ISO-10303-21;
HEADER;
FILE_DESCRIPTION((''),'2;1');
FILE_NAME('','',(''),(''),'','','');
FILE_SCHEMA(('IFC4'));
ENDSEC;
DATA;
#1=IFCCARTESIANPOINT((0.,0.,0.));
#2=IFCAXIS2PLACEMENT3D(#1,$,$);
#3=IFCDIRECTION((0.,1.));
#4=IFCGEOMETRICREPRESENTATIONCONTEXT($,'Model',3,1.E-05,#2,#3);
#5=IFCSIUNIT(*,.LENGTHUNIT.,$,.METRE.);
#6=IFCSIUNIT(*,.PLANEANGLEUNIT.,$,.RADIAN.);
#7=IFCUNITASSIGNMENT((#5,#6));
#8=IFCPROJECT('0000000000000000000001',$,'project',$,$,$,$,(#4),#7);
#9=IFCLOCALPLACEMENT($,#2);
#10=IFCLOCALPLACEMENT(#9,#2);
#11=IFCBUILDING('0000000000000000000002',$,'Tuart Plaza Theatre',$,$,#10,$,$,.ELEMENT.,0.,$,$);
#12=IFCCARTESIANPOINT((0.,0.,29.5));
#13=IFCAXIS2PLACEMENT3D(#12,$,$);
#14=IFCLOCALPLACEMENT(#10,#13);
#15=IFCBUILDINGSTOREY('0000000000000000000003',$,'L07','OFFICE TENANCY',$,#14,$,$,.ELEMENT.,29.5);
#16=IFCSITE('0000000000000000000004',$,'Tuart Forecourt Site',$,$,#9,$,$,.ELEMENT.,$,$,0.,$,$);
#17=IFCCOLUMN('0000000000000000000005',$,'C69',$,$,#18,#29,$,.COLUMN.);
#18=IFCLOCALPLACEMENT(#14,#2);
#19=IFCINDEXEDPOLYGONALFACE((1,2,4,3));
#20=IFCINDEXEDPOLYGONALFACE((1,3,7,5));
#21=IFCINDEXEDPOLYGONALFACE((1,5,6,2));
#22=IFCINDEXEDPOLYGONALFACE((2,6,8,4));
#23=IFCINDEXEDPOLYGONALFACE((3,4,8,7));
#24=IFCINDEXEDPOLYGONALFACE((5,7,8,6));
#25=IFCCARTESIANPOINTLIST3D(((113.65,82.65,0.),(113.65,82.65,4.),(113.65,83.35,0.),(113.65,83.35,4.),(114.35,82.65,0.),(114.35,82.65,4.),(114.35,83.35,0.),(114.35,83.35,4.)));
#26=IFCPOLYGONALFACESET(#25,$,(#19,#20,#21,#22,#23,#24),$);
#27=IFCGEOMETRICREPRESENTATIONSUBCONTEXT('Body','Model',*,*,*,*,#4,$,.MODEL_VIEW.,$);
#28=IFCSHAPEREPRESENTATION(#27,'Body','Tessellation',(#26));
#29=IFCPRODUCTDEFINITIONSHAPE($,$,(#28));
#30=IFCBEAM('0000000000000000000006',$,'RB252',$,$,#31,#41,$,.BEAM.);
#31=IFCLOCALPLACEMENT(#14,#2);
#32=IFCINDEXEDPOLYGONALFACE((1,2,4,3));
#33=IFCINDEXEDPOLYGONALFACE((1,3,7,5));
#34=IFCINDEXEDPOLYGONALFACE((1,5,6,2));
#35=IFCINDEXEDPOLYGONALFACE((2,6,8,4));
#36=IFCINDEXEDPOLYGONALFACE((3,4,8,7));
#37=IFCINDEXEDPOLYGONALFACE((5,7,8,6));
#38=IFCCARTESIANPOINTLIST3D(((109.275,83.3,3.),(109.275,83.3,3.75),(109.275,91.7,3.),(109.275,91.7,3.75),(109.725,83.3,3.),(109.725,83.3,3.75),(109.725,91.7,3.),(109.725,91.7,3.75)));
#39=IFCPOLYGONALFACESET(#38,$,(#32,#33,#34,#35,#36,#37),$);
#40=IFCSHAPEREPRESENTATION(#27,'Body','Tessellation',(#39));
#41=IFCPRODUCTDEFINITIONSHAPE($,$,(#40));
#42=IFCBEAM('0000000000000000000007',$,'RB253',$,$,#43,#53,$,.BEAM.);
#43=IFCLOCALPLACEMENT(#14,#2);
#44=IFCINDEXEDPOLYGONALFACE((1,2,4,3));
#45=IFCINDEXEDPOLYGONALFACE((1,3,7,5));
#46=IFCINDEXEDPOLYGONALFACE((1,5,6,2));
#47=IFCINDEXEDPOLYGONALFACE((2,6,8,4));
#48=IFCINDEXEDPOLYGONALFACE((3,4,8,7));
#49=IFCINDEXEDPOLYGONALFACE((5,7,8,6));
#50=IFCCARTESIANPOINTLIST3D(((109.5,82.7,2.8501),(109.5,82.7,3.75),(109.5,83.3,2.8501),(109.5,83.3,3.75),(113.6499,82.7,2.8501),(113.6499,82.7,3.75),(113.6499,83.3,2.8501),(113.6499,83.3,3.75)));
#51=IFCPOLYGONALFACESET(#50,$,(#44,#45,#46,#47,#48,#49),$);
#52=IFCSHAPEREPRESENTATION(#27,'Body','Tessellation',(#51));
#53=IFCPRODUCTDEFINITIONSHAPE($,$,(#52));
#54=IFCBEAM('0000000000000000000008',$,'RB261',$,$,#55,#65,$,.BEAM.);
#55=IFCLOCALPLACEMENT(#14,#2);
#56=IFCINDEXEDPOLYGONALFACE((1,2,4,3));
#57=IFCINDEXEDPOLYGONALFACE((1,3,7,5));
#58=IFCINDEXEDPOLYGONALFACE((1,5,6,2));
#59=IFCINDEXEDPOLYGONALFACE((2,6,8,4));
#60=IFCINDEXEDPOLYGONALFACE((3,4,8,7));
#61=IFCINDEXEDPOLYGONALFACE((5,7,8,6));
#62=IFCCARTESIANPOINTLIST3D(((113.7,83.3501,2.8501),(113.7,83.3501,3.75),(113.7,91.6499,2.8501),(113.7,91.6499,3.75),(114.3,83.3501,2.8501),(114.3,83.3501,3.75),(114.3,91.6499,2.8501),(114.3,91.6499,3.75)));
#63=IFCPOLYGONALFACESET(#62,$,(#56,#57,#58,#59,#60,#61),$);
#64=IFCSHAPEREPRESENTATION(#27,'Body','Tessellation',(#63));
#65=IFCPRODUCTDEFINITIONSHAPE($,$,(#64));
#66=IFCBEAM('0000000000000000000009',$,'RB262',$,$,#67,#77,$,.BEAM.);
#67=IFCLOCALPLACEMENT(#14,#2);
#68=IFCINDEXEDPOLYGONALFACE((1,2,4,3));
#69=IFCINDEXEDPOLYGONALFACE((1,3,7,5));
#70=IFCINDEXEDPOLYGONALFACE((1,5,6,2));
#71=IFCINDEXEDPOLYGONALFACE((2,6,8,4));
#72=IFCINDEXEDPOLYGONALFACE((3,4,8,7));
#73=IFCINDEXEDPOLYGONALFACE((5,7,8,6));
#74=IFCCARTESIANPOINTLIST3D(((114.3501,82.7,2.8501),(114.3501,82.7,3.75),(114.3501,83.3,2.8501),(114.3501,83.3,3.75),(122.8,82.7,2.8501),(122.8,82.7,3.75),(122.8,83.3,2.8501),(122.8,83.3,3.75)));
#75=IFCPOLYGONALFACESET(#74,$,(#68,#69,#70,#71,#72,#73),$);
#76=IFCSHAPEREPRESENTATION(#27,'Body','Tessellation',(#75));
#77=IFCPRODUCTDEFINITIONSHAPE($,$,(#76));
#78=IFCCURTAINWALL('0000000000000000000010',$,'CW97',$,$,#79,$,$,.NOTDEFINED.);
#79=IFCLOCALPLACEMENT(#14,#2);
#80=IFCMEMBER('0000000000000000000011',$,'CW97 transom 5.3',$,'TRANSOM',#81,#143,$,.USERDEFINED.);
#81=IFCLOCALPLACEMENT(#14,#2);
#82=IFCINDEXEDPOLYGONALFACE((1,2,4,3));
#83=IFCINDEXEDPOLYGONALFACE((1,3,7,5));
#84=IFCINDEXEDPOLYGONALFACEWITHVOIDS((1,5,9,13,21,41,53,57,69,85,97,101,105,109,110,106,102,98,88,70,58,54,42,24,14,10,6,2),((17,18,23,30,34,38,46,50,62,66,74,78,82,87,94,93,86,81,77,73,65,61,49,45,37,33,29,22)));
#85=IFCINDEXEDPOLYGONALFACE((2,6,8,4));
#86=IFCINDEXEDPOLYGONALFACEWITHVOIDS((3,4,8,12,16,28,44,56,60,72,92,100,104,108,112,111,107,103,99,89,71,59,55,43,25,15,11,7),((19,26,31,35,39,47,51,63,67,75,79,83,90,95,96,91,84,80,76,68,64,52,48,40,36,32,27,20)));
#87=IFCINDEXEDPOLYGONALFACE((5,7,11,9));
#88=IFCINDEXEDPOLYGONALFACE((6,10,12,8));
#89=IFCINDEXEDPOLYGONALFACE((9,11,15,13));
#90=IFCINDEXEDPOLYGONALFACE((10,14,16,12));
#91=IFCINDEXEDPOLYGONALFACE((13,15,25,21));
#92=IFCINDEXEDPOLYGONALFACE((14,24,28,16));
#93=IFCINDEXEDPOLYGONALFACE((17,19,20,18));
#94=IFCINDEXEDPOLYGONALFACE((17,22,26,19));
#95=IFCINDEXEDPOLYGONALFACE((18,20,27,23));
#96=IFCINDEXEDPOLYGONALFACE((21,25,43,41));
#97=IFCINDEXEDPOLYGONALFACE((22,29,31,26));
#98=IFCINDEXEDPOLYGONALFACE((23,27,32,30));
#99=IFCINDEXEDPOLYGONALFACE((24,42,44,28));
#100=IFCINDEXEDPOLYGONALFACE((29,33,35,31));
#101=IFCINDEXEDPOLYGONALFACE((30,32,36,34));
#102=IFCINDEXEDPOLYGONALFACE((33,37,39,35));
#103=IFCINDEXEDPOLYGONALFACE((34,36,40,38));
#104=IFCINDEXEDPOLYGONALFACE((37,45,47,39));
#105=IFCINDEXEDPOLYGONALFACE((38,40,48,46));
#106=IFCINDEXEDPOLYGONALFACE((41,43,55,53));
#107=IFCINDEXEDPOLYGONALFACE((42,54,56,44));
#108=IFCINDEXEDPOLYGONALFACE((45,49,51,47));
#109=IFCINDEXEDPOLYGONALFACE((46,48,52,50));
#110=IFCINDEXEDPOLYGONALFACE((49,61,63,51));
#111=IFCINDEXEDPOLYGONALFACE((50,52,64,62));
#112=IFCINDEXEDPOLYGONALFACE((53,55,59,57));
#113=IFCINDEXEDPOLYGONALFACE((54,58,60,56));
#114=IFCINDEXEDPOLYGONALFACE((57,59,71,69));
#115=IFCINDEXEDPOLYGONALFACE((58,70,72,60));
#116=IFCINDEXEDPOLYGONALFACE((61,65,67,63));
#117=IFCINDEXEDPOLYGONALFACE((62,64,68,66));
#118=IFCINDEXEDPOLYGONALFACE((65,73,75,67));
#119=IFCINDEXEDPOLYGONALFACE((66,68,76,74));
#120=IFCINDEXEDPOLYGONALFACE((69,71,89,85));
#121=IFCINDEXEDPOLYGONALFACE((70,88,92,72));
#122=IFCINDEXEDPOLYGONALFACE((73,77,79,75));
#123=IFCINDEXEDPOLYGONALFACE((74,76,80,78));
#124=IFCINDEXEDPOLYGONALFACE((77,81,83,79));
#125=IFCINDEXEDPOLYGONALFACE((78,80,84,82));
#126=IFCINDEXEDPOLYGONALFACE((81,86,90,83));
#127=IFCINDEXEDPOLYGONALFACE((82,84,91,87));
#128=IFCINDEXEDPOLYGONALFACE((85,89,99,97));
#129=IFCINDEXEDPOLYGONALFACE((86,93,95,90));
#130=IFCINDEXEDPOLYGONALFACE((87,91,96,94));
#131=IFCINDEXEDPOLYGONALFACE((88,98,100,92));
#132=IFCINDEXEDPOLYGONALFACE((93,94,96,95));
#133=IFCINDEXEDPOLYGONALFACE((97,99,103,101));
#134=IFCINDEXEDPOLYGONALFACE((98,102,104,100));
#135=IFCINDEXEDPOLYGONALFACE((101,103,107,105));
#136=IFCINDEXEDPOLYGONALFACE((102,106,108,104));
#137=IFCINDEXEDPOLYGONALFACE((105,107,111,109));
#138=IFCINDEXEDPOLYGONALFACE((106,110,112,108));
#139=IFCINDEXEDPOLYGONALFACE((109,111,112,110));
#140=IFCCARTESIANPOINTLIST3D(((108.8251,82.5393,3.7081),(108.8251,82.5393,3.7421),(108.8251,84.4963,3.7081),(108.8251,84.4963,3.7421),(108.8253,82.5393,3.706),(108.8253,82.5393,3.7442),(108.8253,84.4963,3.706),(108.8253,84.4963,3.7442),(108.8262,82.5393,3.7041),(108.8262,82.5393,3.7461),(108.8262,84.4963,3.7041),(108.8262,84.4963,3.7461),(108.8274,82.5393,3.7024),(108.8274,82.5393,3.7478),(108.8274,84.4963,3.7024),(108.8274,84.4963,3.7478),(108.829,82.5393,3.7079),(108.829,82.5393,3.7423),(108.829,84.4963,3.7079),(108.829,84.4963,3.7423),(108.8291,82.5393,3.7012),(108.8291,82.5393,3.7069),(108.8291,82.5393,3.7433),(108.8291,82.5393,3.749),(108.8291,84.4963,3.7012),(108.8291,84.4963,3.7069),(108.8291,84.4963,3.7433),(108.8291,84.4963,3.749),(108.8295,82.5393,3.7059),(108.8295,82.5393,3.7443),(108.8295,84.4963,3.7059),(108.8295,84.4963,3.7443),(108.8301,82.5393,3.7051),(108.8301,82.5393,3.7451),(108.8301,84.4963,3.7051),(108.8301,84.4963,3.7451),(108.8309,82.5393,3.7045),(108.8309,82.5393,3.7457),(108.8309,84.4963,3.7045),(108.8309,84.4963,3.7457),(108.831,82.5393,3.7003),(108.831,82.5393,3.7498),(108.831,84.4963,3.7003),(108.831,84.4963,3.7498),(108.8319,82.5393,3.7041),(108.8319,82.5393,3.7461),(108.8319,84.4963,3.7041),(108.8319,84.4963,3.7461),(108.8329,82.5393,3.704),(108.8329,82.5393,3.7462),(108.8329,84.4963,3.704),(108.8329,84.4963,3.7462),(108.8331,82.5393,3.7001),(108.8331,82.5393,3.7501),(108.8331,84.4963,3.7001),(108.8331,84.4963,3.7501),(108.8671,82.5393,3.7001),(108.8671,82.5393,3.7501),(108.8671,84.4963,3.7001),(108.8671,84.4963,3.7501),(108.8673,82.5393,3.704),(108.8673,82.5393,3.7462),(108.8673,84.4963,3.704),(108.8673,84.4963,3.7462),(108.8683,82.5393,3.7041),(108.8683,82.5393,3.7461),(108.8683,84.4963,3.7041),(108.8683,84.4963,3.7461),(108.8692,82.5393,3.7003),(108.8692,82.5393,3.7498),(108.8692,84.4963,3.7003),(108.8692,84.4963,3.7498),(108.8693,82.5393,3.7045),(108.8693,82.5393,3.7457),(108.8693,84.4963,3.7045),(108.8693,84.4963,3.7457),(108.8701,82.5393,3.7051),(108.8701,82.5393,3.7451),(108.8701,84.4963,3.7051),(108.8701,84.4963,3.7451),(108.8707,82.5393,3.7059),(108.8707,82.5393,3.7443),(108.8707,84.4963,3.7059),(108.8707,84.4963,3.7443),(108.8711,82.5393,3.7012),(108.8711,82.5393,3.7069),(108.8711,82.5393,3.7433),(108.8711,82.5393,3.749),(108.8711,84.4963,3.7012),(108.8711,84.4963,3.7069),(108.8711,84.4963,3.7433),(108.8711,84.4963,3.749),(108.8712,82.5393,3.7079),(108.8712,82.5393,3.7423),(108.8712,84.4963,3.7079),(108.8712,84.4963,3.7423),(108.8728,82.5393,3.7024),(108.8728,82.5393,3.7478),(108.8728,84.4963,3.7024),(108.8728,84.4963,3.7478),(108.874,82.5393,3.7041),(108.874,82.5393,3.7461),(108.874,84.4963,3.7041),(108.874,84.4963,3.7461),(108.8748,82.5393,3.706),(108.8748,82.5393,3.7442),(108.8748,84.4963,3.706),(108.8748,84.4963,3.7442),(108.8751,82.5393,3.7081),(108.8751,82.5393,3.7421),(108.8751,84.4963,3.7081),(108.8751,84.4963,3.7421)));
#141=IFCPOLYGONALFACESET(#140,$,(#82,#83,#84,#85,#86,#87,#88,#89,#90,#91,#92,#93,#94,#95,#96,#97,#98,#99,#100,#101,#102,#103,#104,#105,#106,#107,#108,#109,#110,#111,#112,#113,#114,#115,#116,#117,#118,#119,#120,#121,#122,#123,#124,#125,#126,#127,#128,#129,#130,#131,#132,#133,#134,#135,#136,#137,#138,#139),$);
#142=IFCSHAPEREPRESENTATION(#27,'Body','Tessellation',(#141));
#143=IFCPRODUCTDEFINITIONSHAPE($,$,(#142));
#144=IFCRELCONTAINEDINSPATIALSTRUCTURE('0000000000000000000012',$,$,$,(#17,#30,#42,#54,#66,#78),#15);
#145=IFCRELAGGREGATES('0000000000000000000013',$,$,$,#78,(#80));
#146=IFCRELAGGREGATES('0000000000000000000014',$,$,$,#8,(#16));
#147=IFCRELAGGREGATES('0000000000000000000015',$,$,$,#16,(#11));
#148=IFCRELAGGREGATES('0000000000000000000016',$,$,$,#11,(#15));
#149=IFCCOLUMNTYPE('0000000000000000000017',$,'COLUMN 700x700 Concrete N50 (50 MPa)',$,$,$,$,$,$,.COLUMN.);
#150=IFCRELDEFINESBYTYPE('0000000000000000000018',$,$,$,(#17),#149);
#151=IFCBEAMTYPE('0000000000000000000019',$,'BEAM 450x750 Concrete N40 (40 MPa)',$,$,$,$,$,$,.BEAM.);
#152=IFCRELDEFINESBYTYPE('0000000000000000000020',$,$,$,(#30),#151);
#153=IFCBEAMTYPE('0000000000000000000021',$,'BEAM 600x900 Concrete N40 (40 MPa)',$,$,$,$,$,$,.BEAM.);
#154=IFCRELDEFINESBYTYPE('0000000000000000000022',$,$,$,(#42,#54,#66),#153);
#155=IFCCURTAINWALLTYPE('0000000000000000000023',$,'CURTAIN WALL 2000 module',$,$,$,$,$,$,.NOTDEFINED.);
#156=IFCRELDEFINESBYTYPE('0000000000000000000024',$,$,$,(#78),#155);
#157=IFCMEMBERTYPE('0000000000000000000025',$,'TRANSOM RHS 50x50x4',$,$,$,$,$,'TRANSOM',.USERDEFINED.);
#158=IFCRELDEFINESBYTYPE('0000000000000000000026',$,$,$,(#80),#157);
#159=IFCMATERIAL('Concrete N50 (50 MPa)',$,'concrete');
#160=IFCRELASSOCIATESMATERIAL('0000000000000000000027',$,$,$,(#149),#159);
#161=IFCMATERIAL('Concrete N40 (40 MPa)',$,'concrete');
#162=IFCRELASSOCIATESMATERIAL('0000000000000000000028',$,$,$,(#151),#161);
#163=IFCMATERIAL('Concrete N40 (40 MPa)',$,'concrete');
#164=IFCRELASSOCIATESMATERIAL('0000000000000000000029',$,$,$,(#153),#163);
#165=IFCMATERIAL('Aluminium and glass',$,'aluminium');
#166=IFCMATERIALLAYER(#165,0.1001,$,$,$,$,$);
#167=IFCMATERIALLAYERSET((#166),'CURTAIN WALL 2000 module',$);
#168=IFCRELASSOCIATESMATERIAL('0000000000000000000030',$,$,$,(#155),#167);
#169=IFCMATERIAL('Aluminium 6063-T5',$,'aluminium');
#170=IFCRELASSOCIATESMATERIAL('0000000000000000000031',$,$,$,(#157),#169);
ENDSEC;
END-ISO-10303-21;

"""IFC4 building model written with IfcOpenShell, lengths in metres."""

from ifc_helpers import new_model, si_unit, direction, frame, origin, origin_2d, place, context, subcontext, project, spatial, rectangle, hollow_rectangle, extrude, material, layer, layer_set, material_profile, profile_set, type_object, element, aggregate, save


model = new_model("IFC4")

# Units and contexts
model_context = context("Model", 3, precision=1e-05, world=origin(), true_north=direction((0.0, 1.0)))
body_context = subcontext(model_context, "Body", "Model", "MODEL_VIEW")
ifc_project = project(units=[si_unit("LENGTHUNIT", "METRE"), si_unit("PLANEANGLEUNIT", "RADIAN")], contexts=[model_context])

# Site, building, storey
site_placement = place(None, origin())
site = spatial("IfcSite", under=ifc_project, at=site_placement, Name="Tuart Forecourt Site", CompositionType="ELEMENT", RefElevation=0.0)
building_placement = place(site_placement, origin())
building = spatial("IfcBuilding", under=site, at=building_placement, Name="Tuart Plaza Theatre", CompositionType="ELEMENT", ElevationOfRefHeight=0.0)
storey_placement = place(building_placement, frame((0.0, 0.0, 29.5)))
storey = spatial("IfcBuildingStorey", under=building, at=storey_placement, Name="L07", Description="OFFICE TENANCY", CompositionType="ELEMENT", Elevation=29.5)

# Column
ifc_material_1 = material(Name="Concrete N50 (50 MPa)", Category="concrete")
ifc_material_profile_1 = material_profile(ifc_material_1, rectangle(XDim=0.7, YDim=0.7, at=origin_2d()), Name="COLUMN 700x700 Concrete N50 (50 MPa)")
ifc_profile_set_1 = profile_set([ifc_material_profile_1], Name="Concrete N50 (50 MPa)")
column_type = type_object("IfcColumnType", Name="COLUMN 700x700 Concrete N50 (50 MPa)", PredefinedType="COLUMN", material=ifc_profile_set_1)
column_placement = place(storey_placement, frame((114.0, 83.0, 0.0), z_axis=(0.0, 0.0, 1.0), x_axis=(1.0, 0.0, 0.0)))
element("IfcColumn", 1, at=column_placement, inside=storey, type_object=column_type, Name="C69", PredefinedType="COLUMN", context=body_context, shape_type="SweptSolid", body=[
    extrude(rectangle(XDim=0.7, YDim=0.7, at=origin_2d()), origin(), (0.0, 0.0, 1.0), 4.0),
])

# Beams
ifc_material_2 = material(Name="Concrete N40 (40 MPa)", Category="concrete")
ifc_material_profile_2 = material_profile(ifc_material_2, rectangle(XDim=0.45, YDim=0.75, at=origin_2d()), Name="BEAM 450x750 Concrete N40 (40 MPa)")
ifc_profile_set_2 = profile_set([ifc_material_profile_2], Name="Concrete N40 (40 MPa)")
beam_type_1 = type_object("IfcBeamType", Name="BEAM 450x750 Concrete N40 (40 MPa)", PredefinedType="BEAM", material=ifc_profile_set_2)
beam_1_placement = place(storey_placement, frame((109.5, 83.3, 3.375), z_axis=(0.0, 1.0, 0.0), x_axis=(-1.0, 0.0, 0.0)))
element("IfcBeam", 2, at=beam_1_placement, inside=storey, type_object=beam_type_1, Name="RB252", PredefinedType="BEAM", context=body_context, shape_type="SweptSolid", body=[
    extrude(rectangle(XDim=0.45, YDim=0.75, at=origin_2d()), origin(), (0.0, 0.0, 1.0), 8.3999),
])
ifc_material_3 = material(Name="Concrete N40 (40 MPa)", Category="concrete")
ifc_material_profile_3 = material_profile(ifc_material_3, rectangle(XDim=0.6001, YDim=0.8999, at=origin_2d()), Name="BEAM 600x900 Concrete N40 (40 MPa)")
ifc_profile_set_3 = profile_set([ifc_material_profile_3], Name="Concrete N40 (40 MPa)")
beam_type_2 = type_object("IfcBeamType", Name="BEAM 600x900 Concrete N40 (40 MPa)", PredefinedType="BEAM", material=ifc_profile_set_3)
beam_2_placement = place(storey_placement, frame((109.5, 83.0, 3.3), z_axis=(1.0, 0.0, 0.0), x_axis=(0.0, 1.0, 0.0)))
element("IfcBeam", 3, at=beam_2_placement, inside=storey, type_object=beam_type_2, Name="RB253", PredefinedType="BEAM", context=body_context, shape_type="SweptSolid", body=[
    extrude(rectangle(XDim=0.6001, YDim=0.8999, at=origin_2d()), origin(), (0.0, 0.0, 1.0), 4.1499),
])
beam_3_placement = place(storey_placement, frame((114.0, 83.3501, 3.3), z_axis=(0.0, 1.0, 0.0), x_axis=(-1.0, 0.0, 0.0)))
element("IfcBeam", 4, at=beam_3_placement, inside=storey, type_object=beam_type_2, Name="RB261", PredefinedType="BEAM", context=body_context, shape_type="SweptSolid", body=[
    extrude(rectangle(XDim=0.6001, YDim=0.8999, at=origin_2d()), origin(), (0.0, 0.0, 1.0), 8.2998),
])
beam_4_placement = place(storey_placement, frame((114.3501, 83.0, 3.3), z_axis=(1.0, 0.0, 0.0), x_axis=(0.0, 1.0, 0.0)))
element("IfcBeam", 5, at=beam_4_placement, inside=storey, type_object=beam_type_2, Name="RB262", PredefinedType="BEAM", context=body_context, shape_type="SweptSolid", body=[
    extrude(rectangle(XDim=0.6001, YDim=0.8999, at=origin_2d()), origin(), (0.0, 0.0, 1.0), 8.45),
])

# Curtain wall, member
ifc_material_4 = material(Name="Aluminium and glass", Category="aluminium")
ifc_layer_1 = layer(ifc_material_4, 0.1001)
ifc_layer_set_1 = layer_set([ifc_layer_1], Name="CURTAIN WALL 2000 module")
curtain_wall_type = type_object("IfcCurtainWallType", Name="CURTAIN WALL 2000 module", PredefinedType="NOTDEFINED", material=ifc_layer_set_1)
curtain_wall_placement = place(storey_placement, origin())
curtain_wall = element("IfcCurtainWall", 6, at=curtain_wall_placement, inside=storey, type_object=curtain_wall_type, Name="CW97", PredefinedType="NOTDEFINED")
ifc_material_5 = material(Name="Aluminium 6063-T5", Category="aluminium")
ifc_material_profile_4 = material_profile(ifc_material_5, hollow_rectangle(XDim=0.05, YDim=0.05, WallThickness=0.0039, InnerFilletRadius=0.0039, OuterFilletRadius=0.0081, at=origin_2d()), Name="RHS 50x50x4")
ifc_profile_set_4 = profile_set([ifc_material_profile_4], Name="Aluminium 6063-T5")
member_type = type_object("IfcMemberType", Name="TRANSOM RHS 50x50x4", ElementType="TRANSOM", PredefinedType="USERDEFINED", material=ifc_profile_set_4)
member_1_placement = place(storey_placement, frame((108.8501, 84.4963, 3.7251), z_axis=(0.0, -1.0, 0.0), x_axis=(1.0, 0.0, 0.0)))
member_1 = element("IfcMember", 7, at=member_1_placement, type_object=member_type, Name="CW97 transom 5.3", ObjectType="TRANSOM", PredefinedType="USERDEFINED", context=body_context, shape_type="SweptSolid", body=[
    extrude(hollow_rectangle(XDim=0.05, YDim=0.05, WallThickness=0.0039, InnerFilletRadius=0.0039, OuterFilletRadius=0.0081, at=origin_2d()), origin(), (0.0, 0.0, 1.0), 1.957),
])
aggregate(curtain_wall, [member_1])

save(model, "model.ifc")
